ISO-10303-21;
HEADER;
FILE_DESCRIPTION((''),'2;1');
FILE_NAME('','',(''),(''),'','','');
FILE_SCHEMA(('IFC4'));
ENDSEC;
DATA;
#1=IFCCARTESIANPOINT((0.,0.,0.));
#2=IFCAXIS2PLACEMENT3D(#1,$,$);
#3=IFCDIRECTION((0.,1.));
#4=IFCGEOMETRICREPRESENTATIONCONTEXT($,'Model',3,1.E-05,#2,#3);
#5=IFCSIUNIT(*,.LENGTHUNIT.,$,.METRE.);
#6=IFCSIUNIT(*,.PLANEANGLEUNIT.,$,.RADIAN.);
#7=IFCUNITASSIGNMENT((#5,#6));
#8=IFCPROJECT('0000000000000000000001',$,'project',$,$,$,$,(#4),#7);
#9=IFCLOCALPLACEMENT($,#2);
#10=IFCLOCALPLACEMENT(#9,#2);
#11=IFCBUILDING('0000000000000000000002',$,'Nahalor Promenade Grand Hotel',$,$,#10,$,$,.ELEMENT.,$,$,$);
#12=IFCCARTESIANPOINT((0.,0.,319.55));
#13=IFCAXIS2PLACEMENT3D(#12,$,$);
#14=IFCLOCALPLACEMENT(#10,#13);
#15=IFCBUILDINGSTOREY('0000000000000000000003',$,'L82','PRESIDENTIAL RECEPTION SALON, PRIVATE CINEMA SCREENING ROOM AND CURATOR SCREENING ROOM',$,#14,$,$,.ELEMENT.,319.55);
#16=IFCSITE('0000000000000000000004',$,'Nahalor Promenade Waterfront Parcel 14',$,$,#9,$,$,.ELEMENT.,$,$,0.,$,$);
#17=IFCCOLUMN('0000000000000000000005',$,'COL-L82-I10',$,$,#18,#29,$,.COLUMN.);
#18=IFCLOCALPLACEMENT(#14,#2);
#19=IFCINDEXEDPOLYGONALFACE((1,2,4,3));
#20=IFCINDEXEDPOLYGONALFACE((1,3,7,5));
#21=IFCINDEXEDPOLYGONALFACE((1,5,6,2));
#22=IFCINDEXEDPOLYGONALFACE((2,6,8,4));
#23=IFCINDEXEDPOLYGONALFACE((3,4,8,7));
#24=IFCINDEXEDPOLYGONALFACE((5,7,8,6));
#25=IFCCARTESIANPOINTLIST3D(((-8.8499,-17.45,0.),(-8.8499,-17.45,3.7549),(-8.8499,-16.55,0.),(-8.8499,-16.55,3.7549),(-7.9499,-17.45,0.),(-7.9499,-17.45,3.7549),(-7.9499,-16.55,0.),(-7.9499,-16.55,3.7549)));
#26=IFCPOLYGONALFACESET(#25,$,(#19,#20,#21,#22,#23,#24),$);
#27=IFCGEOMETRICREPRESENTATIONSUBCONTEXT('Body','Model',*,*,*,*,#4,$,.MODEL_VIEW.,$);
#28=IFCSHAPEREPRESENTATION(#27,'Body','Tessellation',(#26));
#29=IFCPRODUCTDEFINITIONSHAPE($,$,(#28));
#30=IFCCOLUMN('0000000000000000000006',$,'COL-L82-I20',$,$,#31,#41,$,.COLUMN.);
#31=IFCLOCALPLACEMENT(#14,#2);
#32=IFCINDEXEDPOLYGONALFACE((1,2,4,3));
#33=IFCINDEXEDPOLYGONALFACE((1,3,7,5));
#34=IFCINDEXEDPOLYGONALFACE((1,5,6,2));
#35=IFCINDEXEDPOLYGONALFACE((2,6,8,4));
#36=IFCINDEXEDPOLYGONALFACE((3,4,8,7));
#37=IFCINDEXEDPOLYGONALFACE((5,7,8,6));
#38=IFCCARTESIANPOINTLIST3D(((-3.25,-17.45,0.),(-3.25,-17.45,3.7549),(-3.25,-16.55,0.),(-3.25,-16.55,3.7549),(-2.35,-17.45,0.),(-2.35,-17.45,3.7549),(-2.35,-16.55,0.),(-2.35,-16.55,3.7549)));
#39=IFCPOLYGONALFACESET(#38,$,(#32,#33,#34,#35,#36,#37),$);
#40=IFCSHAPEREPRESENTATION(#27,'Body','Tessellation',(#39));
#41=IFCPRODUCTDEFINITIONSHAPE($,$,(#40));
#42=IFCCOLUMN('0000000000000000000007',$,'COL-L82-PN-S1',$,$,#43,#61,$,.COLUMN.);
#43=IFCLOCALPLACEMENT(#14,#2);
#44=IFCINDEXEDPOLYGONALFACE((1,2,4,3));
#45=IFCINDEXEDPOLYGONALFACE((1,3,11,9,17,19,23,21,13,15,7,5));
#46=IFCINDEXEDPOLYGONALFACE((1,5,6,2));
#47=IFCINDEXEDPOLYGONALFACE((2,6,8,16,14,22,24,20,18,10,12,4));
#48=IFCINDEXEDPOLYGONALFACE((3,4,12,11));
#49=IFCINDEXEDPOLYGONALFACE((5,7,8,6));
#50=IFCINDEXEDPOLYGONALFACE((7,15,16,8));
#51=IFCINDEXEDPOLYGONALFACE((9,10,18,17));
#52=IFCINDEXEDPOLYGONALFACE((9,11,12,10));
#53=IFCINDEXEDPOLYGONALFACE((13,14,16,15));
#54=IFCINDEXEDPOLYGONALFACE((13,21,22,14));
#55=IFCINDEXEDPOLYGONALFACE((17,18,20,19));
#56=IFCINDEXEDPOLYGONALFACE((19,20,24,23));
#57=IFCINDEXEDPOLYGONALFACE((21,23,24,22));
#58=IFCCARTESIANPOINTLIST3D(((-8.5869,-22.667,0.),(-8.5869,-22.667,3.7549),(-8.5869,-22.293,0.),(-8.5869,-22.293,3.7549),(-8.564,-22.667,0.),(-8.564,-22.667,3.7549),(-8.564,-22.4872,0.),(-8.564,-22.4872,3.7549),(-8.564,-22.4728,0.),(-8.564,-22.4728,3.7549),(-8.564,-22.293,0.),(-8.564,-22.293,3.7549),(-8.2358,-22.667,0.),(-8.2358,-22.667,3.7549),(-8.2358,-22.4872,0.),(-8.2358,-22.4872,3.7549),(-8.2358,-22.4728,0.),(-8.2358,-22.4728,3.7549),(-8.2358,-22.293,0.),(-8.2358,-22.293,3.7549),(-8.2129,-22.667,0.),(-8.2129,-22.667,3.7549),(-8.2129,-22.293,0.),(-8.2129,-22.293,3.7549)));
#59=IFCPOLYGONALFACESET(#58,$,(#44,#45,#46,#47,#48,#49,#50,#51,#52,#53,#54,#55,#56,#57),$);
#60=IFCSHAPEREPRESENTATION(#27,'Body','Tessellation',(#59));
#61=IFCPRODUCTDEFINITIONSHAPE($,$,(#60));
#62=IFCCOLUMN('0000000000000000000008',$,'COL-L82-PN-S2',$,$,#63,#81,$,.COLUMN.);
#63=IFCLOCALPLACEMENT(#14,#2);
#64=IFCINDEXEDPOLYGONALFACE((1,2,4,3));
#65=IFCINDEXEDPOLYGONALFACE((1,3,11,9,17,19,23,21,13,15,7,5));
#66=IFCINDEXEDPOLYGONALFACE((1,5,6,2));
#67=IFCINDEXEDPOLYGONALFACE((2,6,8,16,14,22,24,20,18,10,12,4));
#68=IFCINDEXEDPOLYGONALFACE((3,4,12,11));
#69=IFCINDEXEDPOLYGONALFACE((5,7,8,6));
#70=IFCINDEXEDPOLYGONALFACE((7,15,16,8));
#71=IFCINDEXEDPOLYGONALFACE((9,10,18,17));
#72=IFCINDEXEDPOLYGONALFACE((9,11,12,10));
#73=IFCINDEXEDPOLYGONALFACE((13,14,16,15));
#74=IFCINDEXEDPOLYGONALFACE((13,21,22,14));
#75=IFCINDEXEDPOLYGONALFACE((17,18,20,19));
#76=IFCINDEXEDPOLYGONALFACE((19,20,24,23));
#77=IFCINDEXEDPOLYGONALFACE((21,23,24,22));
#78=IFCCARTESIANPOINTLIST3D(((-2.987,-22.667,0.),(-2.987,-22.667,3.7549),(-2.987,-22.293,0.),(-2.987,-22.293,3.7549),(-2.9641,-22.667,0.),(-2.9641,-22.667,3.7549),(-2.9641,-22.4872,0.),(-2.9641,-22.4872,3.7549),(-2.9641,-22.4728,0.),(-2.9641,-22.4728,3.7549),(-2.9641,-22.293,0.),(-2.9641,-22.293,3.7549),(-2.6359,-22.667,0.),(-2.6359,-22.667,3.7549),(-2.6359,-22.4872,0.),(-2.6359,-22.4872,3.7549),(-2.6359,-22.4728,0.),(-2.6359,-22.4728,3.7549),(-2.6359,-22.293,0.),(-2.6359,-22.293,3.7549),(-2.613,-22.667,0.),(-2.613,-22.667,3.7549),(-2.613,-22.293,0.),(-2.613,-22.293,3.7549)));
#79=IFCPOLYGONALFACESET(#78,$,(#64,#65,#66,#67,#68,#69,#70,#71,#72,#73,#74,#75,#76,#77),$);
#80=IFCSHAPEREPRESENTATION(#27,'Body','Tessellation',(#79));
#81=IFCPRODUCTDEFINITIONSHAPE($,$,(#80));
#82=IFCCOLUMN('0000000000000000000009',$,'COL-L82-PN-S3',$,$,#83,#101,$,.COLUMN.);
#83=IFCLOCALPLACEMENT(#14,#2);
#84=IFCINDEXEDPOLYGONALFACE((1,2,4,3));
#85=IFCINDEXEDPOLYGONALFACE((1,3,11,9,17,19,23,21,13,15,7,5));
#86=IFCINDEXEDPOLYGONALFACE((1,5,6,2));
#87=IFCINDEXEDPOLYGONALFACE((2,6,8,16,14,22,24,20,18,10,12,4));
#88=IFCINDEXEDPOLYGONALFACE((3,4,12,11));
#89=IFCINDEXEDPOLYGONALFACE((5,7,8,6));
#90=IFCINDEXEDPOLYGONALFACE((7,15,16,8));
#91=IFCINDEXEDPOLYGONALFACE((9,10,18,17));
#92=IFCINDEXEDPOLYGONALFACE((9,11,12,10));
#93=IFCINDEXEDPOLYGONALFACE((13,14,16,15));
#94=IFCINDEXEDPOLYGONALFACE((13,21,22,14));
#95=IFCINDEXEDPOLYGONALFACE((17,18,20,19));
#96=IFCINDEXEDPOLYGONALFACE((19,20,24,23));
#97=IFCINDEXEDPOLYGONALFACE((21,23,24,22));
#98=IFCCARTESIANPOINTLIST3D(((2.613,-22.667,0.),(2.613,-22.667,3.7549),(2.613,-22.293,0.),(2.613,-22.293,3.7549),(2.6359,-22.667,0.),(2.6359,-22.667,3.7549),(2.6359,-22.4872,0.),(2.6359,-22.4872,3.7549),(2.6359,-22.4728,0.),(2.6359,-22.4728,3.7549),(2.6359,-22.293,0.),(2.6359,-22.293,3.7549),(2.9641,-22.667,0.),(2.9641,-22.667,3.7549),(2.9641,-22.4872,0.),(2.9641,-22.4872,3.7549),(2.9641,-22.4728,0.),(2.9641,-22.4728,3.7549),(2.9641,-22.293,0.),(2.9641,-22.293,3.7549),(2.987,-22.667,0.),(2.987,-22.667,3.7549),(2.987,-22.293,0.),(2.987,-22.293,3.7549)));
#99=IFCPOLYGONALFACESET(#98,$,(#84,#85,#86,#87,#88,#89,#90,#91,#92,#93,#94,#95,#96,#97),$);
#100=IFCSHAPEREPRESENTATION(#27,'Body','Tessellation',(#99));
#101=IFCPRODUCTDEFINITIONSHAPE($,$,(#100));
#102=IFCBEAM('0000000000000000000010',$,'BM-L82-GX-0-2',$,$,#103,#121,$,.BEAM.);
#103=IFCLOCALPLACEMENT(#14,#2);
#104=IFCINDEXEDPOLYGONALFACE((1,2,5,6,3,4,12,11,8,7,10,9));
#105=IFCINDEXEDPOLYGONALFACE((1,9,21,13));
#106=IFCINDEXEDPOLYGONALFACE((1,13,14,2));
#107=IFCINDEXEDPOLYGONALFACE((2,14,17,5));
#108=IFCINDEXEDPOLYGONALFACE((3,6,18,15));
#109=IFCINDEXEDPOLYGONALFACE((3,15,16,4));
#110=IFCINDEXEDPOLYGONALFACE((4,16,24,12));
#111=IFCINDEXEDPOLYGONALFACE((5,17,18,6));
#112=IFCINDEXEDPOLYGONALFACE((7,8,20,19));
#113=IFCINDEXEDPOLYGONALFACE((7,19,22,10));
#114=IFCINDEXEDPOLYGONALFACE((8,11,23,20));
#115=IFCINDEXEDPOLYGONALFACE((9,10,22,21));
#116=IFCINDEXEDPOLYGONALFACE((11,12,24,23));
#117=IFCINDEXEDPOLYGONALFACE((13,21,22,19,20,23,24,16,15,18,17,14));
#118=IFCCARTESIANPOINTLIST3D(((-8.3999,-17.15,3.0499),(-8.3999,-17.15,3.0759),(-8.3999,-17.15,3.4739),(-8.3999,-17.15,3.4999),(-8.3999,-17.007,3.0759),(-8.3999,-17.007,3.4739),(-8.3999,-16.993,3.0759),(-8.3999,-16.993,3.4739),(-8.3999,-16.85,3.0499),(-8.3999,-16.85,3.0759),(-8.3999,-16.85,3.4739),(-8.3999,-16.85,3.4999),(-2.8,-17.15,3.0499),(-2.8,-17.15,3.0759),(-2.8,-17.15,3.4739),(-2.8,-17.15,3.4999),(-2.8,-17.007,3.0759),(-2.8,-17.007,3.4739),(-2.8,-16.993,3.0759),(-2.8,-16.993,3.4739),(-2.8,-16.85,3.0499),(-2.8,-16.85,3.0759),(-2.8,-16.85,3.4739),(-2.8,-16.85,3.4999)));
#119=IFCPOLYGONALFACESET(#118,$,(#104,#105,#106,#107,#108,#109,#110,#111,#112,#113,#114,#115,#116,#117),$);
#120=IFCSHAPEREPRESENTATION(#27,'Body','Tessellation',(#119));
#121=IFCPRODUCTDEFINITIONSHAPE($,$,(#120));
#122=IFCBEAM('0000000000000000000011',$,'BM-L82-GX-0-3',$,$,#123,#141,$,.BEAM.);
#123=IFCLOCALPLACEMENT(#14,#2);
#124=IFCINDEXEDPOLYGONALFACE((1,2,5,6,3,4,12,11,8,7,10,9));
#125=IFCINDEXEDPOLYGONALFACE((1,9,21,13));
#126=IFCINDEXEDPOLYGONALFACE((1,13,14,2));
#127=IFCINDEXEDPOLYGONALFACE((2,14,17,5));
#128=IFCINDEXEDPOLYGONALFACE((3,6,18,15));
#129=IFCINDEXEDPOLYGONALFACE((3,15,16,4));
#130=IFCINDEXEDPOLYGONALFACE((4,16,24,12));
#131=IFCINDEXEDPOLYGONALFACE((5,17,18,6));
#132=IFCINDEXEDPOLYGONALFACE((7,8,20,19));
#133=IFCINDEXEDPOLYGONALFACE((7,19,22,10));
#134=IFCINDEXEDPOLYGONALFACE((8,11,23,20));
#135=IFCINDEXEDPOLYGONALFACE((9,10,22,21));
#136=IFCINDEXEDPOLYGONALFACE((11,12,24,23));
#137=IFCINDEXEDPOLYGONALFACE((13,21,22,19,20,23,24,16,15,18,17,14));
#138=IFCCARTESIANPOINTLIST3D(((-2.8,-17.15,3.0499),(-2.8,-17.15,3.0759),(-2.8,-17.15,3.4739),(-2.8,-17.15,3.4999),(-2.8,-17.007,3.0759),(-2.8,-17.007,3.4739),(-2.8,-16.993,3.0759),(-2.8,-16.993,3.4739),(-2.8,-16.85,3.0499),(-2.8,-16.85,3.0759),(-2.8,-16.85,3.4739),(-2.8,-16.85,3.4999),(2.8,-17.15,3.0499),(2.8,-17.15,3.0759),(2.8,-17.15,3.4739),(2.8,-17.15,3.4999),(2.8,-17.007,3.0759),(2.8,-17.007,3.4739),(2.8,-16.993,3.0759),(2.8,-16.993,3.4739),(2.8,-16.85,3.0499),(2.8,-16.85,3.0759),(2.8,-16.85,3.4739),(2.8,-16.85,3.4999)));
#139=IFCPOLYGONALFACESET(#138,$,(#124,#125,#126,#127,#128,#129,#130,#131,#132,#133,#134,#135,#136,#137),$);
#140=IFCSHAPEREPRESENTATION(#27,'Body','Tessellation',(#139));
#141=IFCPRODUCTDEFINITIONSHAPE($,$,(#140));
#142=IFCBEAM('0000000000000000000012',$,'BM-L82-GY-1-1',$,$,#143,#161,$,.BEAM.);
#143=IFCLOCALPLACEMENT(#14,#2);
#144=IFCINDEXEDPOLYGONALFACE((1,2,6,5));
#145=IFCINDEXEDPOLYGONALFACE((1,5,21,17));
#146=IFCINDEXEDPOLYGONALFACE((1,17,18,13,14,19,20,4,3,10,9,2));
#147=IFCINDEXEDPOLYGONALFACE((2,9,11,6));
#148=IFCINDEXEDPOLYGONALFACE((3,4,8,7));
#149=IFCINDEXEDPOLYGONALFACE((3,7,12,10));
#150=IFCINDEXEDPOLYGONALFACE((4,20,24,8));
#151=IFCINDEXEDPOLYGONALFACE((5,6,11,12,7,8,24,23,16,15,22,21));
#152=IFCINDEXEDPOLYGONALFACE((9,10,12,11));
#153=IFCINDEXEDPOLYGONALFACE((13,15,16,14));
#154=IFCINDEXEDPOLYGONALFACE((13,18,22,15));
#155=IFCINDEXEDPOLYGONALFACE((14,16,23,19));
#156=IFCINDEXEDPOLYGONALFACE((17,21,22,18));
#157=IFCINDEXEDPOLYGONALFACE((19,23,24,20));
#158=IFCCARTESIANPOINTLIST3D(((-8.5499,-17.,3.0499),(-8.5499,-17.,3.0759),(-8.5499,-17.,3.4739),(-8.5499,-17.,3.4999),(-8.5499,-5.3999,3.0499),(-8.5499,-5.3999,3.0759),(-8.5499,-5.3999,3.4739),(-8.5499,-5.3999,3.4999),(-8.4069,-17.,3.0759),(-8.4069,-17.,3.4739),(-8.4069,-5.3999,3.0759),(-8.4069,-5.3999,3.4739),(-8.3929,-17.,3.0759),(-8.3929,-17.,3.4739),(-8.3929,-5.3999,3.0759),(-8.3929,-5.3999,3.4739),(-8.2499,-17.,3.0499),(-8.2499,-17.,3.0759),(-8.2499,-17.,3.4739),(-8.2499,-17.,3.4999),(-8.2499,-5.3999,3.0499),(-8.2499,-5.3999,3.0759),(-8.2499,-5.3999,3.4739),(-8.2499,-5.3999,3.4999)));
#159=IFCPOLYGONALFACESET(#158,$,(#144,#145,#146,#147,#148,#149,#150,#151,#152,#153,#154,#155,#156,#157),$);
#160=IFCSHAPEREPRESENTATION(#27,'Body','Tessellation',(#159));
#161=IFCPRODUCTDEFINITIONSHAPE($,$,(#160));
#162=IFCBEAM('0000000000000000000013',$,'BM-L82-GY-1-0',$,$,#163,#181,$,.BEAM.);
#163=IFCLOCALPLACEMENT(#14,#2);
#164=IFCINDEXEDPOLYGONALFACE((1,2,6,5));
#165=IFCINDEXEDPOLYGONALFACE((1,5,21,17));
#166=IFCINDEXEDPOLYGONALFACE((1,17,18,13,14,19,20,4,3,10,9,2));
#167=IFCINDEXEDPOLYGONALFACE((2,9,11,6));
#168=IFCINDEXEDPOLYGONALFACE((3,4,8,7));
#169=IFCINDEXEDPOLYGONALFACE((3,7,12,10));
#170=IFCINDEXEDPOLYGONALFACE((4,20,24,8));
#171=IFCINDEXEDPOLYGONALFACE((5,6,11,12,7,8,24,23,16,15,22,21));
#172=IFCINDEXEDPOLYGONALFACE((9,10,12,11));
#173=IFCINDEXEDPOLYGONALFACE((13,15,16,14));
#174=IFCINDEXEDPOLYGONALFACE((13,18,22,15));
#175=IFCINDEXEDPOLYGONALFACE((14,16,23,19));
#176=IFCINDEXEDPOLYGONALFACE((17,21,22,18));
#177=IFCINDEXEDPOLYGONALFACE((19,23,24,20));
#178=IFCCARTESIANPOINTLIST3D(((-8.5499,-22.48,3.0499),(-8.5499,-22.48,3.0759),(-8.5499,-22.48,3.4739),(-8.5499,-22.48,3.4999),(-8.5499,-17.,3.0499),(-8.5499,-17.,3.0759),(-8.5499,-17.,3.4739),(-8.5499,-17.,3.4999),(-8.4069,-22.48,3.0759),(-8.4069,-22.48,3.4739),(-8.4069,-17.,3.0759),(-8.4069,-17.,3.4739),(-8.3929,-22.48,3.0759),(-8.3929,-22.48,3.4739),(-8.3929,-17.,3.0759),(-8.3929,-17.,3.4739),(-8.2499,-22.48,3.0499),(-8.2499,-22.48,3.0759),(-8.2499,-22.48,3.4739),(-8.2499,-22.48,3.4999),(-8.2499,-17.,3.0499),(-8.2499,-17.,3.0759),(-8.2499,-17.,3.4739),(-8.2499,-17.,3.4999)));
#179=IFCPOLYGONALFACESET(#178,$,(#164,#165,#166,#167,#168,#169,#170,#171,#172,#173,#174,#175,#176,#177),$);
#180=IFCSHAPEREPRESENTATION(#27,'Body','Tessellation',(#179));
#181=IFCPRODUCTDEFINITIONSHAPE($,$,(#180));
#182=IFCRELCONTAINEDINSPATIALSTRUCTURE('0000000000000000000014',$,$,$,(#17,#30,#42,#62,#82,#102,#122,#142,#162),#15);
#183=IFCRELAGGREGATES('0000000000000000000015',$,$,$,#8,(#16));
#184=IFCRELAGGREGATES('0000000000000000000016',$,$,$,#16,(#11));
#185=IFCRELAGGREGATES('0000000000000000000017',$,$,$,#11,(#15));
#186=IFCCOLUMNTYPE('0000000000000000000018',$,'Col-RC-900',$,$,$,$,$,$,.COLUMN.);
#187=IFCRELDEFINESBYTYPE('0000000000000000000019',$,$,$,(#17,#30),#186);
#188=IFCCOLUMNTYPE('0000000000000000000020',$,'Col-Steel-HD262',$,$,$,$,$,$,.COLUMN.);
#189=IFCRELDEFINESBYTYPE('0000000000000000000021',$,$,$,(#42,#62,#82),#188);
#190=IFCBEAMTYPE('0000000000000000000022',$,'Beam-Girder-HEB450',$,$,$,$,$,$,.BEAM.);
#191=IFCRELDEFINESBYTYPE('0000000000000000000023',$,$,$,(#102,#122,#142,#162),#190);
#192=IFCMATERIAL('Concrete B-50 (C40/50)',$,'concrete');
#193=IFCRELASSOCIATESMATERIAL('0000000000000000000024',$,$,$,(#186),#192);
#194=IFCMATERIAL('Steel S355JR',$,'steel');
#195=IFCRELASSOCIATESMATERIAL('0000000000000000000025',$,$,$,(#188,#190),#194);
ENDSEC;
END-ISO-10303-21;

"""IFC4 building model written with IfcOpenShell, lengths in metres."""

from ifc_helpers import new_model, si_unit, direction, frame, origin, origin_2d, place, context, subcontext, project, spatial, rectangle, i_section, extrude, source, transform, mapped, material, material_profile, profile_set, type_object, element, save


model = new_model("IFC4")

# Units and contexts
model_context = context("Model", 3, precision=1e-05, world=origin(), true_north=direction((0.0, 1.0)))
body_context = subcontext(model_context, "Body", "Model", "MODEL_VIEW")
ifc_project = project(units=[si_unit("LENGTHUNIT", "METRE"), si_unit("PLANEANGLEUNIT", "RADIAN")], contexts=[model_context])

# Site, building, storey
site_placement = place(None, origin())
site = spatial("IfcSite", under=ifc_project, at=site_placement, Name="Nahalor Promenade Waterfront Parcel 14", CompositionType="ELEMENT", RefElevation=0.0)
building_placement = place(site_placement, origin())
building = spatial("IfcBuilding", under=site, at=building_placement, Name="Nahalor Promenade Grand Hotel", CompositionType="ELEMENT")
storey_placement = place(building_placement, frame((0.0, 0.0, 319.55)))
storey = spatial("IfcBuildingStorey", under=building, at=storey_placement, Name="L82", Description="PRESIDENTIAL RECEPTION SALON, PRIVATE CINEMA SCREENING ROOM AND CURATOR SCREENING ROOM", CompositionType="ELEMENT", Elevation=319.55)

# Columns
ifc_material_1 = material(Name="Concrete B-50 (C40/50)", Category="concrete")
ifc_material_profile_1 = material_profile(ifc_material_1, rectangle(XDim=0.9, YDim=0.9, at=origin_2d()), Name="RC 900x900")
ifc_profile_set_1 = profile_set([ifc_material_profile_1], Name="Concrete B-50 (C40/50)")
column_type_1 = type_object("IfcColumnType", Name="Col-RC-900", PredefinedType="COLUMN", material=ifc_profile_set_1)
shared_shape_1 = source(origin(), body_context, "Body", "SweptSolid", [
    extrude(rectangle(XDim=0.9, YDim=0.9, at=origin_2d()), origin(), (0.0, 0.0, 1.0), 3.7549),
])
for number, where, z_axis, x_axis, name in (
    (1, (-8.3999, -17.0, 0.0), (0.0, 0.0, 1.0), (1.0, 0.0, 0.0), "COL-L82-I10"),
    (2, (-2.8, -17.0, 0.0), (0.0, 0.0, 1.0), (1.0, 0.0, 0.0), "COL-L82-I20"),
):
    element("IfcColumn", number, at=place(storey_placement, frame(where, z_axis=z_axis, x_axis=x_axis)), inside=storey, type_object=column_type_1, Name=name, PredefinedType="COLUMN", context=body_context, shape_type="MappedRepresentation", body=[
        mapped(shared_shape_1, transform((0.0, 0.0, 0.0), scale=1.0)),
    ])
ifc_material_2 = material(Name="Steel S355JR", Category="steel")
ifc_material_profile_2 = material_profile(ifc_material_2, i_section(OverallWidth=0.374, OverallDepth=0.374, WebThickness=0.0144, FlangeThickness=0.0229, at=origin_2d()), Name="HD 360x262")
ifc_profile_set_2 = profile_set([ifc_material_profile_2], Name="Steel S355JR")
column_type_2 = type_object("IfcColumnType", Name="Col-Steel-HD262", PredefinedType="COLUMN", material=ifc_profile_set_2)
shared_shape_2 = source(origin(), body_context, "Body", "SweptSolid", [
    extrude(i_section(OverallWidth=0.374, OverallDepth=0.374, WebThickness=0.0144, FlangeThickness=0.0229, at=origin_2d()), origin(), (0.0, 0.0, 1.0), 3.7549),
])
for number, where, z_axis, x_axis, name in (
    (3, (-8.3999, -22.48, 0.0), (0.0, 0.0, 1.0), (0.0, 1.0, 0.0), "COL-L82-PN-S1"),
    (4, (-2.8, -22.48, 0.0), (0.0, 0.0, 1.0), (0.0, 1.0, 0.0), "COL-L82-PN-S2"),
    (5, (2.8, -22.48, 0.0), (0.0, 0.0, 1.0), (0.0, 1.0, 0.0), "COL-L82-PN-S3"),
):
    element("IfcColumn", number, at=place(storey_placement, frame(where, z_axis=z_axis, x_axis=x_axis)), inside=storey, type_object=column_type_2, Name=name, PredefinedType="COLUMN", context=body_context, shape_type="MappedRepresentation", body=[
        mapped(shared_shape_2, transform((0.0, 0.0, 0.0), scale=1.0)),
    ])

# Beams
ifc_material_profile_3 = material_profile(ifc_material_2, i_section(OverallWidth=0.3, OverallDepth=0.45, WebThickness=0.014, FlangeThickness=0.026, at=origin_2d()), Name="HEB 450")
ifc_profile_set_3 = profile_set([ifc_material_profile_3], Name="Steel S355JR")
beam_type_1 = type_object("IfcBeamType", Name="Beam-Girder-HEB450", PredefinedType="BEAM", material=ifc_profile_set_3)
shared_shape_3 = source(origin(), body_context, "Body", "SweptSolid", [
    extrude(i_section(OverallWidth=0.3, OverallDepth=0.45, WebThickness=0.014, FlangeThickness=0.026, at=origin_2d()), origin(), (0.0, 0.0, 1.0), 5.5999),
])
beam_1_placement = place(storey_placement, frame((-8.3999, -17.0, 3.2749), z_axis=(1.0, 0.0, 0.0), x_axis=(0.0, 1.0, 0.0)))
element("IfcBeam", 6, at=beam_1_placement, inside=storey, type_object=beam_type_1, Name="BM-L82-GX-0-2", PredefinedType="BEAM", context=body_context, shape_type="MappedRepresentation", body=[
    mapped(shared_shape_3, transform((0.0, 0.0, 0.0), scale=1.0)),
])
shared_shape_4 = source(origin(), body_context, "Body", "SweptSolid", [
    extrude(i_section(OverallWidth=0.3, OverallDepth=0.45, WebThickness=0.014, FlangeThickness=0.026, at=origin_2d()), origin(), (0.0, 0.0, 1.0), 5.6001),
])
beam_2_placement = place(storey_placement, frame((-2.8, -17.0, 3.2749), z_axis=(1.0, 0.0, 0.0), x_axis=(0.0, 1.0, 0.0)))
element("IfcBeam", 7, at=beam_2_placement, inside=storey, type_object=beam_type_1, Name="BM-L82-GX-0-3", PredefinedType="BEAM", context=body_context, shape_type="MappedRepresentation", body=[
    mapped(shared_shape_4, transform((0.0, 0.0, 0.0), scale=1.0)),
])
shared_shape_5 = source(origin(), body_context, "Body", "SweptSolid", [
    extrude(i_section(OverallWidth=0.3, OverallDepth=0.45, WebThickness=0.014, FlangeThickness=0.026, at=origin_2d()), origin(), (0.0, 0.0, 1.0), 11.6001),
])
beam_3_placement = place(storey_placement, frame((-8.3999, -17.0, 3.2749), z_axis=(0.0, 1.0, 0.0), x_axis=(-1.0, 0.0, 0.0)))
element("IfcBeam", 8, at=beam_3_placement, inside=storey, type_object=beam_type_1, Name="BM-L82-GY-1-1", PredefinedType="BEAM", context=body_context, shape_type="MappedRepresentation", body=[
    mapped(shared_shape_5, transform((0.0, 0.0, 0.0), scale=1.0)),
])
shared_shape_6 = source(origin(), body_context, "Body", "SweptSolid", [
    extrude(i_section(OverallWidth=0.3, OverallDepth=0.45, WebThickness=0.014, FlangeThickness=0.026, at=origin_2d()), origin(), (0.0, 0.0, 1.0), 5.48),
])
for number, where, z_axis, x_axis, name in (
    (9, (-8.3999, -22.48, 3.2749), (0.0, 1.0, 0.0), (-1.0, 0.0, 0.0), "BM-L82-GY-1-0"),
):
    element("IfcBeam", number, at=place(storey_placement, frame(where, z_axis=z_axis, x_axis=x_axis)), inside=storey, type_object=beam_type_1, Name=name, PredefinedType="BEAM", context=body_context, shape_type="MappedRepresentation", body=[
        mapped(shared_shape_6, transform((0.0, 0.0, 0.0), scale=1.0)),
    ])

save(model, "model.ifc")
